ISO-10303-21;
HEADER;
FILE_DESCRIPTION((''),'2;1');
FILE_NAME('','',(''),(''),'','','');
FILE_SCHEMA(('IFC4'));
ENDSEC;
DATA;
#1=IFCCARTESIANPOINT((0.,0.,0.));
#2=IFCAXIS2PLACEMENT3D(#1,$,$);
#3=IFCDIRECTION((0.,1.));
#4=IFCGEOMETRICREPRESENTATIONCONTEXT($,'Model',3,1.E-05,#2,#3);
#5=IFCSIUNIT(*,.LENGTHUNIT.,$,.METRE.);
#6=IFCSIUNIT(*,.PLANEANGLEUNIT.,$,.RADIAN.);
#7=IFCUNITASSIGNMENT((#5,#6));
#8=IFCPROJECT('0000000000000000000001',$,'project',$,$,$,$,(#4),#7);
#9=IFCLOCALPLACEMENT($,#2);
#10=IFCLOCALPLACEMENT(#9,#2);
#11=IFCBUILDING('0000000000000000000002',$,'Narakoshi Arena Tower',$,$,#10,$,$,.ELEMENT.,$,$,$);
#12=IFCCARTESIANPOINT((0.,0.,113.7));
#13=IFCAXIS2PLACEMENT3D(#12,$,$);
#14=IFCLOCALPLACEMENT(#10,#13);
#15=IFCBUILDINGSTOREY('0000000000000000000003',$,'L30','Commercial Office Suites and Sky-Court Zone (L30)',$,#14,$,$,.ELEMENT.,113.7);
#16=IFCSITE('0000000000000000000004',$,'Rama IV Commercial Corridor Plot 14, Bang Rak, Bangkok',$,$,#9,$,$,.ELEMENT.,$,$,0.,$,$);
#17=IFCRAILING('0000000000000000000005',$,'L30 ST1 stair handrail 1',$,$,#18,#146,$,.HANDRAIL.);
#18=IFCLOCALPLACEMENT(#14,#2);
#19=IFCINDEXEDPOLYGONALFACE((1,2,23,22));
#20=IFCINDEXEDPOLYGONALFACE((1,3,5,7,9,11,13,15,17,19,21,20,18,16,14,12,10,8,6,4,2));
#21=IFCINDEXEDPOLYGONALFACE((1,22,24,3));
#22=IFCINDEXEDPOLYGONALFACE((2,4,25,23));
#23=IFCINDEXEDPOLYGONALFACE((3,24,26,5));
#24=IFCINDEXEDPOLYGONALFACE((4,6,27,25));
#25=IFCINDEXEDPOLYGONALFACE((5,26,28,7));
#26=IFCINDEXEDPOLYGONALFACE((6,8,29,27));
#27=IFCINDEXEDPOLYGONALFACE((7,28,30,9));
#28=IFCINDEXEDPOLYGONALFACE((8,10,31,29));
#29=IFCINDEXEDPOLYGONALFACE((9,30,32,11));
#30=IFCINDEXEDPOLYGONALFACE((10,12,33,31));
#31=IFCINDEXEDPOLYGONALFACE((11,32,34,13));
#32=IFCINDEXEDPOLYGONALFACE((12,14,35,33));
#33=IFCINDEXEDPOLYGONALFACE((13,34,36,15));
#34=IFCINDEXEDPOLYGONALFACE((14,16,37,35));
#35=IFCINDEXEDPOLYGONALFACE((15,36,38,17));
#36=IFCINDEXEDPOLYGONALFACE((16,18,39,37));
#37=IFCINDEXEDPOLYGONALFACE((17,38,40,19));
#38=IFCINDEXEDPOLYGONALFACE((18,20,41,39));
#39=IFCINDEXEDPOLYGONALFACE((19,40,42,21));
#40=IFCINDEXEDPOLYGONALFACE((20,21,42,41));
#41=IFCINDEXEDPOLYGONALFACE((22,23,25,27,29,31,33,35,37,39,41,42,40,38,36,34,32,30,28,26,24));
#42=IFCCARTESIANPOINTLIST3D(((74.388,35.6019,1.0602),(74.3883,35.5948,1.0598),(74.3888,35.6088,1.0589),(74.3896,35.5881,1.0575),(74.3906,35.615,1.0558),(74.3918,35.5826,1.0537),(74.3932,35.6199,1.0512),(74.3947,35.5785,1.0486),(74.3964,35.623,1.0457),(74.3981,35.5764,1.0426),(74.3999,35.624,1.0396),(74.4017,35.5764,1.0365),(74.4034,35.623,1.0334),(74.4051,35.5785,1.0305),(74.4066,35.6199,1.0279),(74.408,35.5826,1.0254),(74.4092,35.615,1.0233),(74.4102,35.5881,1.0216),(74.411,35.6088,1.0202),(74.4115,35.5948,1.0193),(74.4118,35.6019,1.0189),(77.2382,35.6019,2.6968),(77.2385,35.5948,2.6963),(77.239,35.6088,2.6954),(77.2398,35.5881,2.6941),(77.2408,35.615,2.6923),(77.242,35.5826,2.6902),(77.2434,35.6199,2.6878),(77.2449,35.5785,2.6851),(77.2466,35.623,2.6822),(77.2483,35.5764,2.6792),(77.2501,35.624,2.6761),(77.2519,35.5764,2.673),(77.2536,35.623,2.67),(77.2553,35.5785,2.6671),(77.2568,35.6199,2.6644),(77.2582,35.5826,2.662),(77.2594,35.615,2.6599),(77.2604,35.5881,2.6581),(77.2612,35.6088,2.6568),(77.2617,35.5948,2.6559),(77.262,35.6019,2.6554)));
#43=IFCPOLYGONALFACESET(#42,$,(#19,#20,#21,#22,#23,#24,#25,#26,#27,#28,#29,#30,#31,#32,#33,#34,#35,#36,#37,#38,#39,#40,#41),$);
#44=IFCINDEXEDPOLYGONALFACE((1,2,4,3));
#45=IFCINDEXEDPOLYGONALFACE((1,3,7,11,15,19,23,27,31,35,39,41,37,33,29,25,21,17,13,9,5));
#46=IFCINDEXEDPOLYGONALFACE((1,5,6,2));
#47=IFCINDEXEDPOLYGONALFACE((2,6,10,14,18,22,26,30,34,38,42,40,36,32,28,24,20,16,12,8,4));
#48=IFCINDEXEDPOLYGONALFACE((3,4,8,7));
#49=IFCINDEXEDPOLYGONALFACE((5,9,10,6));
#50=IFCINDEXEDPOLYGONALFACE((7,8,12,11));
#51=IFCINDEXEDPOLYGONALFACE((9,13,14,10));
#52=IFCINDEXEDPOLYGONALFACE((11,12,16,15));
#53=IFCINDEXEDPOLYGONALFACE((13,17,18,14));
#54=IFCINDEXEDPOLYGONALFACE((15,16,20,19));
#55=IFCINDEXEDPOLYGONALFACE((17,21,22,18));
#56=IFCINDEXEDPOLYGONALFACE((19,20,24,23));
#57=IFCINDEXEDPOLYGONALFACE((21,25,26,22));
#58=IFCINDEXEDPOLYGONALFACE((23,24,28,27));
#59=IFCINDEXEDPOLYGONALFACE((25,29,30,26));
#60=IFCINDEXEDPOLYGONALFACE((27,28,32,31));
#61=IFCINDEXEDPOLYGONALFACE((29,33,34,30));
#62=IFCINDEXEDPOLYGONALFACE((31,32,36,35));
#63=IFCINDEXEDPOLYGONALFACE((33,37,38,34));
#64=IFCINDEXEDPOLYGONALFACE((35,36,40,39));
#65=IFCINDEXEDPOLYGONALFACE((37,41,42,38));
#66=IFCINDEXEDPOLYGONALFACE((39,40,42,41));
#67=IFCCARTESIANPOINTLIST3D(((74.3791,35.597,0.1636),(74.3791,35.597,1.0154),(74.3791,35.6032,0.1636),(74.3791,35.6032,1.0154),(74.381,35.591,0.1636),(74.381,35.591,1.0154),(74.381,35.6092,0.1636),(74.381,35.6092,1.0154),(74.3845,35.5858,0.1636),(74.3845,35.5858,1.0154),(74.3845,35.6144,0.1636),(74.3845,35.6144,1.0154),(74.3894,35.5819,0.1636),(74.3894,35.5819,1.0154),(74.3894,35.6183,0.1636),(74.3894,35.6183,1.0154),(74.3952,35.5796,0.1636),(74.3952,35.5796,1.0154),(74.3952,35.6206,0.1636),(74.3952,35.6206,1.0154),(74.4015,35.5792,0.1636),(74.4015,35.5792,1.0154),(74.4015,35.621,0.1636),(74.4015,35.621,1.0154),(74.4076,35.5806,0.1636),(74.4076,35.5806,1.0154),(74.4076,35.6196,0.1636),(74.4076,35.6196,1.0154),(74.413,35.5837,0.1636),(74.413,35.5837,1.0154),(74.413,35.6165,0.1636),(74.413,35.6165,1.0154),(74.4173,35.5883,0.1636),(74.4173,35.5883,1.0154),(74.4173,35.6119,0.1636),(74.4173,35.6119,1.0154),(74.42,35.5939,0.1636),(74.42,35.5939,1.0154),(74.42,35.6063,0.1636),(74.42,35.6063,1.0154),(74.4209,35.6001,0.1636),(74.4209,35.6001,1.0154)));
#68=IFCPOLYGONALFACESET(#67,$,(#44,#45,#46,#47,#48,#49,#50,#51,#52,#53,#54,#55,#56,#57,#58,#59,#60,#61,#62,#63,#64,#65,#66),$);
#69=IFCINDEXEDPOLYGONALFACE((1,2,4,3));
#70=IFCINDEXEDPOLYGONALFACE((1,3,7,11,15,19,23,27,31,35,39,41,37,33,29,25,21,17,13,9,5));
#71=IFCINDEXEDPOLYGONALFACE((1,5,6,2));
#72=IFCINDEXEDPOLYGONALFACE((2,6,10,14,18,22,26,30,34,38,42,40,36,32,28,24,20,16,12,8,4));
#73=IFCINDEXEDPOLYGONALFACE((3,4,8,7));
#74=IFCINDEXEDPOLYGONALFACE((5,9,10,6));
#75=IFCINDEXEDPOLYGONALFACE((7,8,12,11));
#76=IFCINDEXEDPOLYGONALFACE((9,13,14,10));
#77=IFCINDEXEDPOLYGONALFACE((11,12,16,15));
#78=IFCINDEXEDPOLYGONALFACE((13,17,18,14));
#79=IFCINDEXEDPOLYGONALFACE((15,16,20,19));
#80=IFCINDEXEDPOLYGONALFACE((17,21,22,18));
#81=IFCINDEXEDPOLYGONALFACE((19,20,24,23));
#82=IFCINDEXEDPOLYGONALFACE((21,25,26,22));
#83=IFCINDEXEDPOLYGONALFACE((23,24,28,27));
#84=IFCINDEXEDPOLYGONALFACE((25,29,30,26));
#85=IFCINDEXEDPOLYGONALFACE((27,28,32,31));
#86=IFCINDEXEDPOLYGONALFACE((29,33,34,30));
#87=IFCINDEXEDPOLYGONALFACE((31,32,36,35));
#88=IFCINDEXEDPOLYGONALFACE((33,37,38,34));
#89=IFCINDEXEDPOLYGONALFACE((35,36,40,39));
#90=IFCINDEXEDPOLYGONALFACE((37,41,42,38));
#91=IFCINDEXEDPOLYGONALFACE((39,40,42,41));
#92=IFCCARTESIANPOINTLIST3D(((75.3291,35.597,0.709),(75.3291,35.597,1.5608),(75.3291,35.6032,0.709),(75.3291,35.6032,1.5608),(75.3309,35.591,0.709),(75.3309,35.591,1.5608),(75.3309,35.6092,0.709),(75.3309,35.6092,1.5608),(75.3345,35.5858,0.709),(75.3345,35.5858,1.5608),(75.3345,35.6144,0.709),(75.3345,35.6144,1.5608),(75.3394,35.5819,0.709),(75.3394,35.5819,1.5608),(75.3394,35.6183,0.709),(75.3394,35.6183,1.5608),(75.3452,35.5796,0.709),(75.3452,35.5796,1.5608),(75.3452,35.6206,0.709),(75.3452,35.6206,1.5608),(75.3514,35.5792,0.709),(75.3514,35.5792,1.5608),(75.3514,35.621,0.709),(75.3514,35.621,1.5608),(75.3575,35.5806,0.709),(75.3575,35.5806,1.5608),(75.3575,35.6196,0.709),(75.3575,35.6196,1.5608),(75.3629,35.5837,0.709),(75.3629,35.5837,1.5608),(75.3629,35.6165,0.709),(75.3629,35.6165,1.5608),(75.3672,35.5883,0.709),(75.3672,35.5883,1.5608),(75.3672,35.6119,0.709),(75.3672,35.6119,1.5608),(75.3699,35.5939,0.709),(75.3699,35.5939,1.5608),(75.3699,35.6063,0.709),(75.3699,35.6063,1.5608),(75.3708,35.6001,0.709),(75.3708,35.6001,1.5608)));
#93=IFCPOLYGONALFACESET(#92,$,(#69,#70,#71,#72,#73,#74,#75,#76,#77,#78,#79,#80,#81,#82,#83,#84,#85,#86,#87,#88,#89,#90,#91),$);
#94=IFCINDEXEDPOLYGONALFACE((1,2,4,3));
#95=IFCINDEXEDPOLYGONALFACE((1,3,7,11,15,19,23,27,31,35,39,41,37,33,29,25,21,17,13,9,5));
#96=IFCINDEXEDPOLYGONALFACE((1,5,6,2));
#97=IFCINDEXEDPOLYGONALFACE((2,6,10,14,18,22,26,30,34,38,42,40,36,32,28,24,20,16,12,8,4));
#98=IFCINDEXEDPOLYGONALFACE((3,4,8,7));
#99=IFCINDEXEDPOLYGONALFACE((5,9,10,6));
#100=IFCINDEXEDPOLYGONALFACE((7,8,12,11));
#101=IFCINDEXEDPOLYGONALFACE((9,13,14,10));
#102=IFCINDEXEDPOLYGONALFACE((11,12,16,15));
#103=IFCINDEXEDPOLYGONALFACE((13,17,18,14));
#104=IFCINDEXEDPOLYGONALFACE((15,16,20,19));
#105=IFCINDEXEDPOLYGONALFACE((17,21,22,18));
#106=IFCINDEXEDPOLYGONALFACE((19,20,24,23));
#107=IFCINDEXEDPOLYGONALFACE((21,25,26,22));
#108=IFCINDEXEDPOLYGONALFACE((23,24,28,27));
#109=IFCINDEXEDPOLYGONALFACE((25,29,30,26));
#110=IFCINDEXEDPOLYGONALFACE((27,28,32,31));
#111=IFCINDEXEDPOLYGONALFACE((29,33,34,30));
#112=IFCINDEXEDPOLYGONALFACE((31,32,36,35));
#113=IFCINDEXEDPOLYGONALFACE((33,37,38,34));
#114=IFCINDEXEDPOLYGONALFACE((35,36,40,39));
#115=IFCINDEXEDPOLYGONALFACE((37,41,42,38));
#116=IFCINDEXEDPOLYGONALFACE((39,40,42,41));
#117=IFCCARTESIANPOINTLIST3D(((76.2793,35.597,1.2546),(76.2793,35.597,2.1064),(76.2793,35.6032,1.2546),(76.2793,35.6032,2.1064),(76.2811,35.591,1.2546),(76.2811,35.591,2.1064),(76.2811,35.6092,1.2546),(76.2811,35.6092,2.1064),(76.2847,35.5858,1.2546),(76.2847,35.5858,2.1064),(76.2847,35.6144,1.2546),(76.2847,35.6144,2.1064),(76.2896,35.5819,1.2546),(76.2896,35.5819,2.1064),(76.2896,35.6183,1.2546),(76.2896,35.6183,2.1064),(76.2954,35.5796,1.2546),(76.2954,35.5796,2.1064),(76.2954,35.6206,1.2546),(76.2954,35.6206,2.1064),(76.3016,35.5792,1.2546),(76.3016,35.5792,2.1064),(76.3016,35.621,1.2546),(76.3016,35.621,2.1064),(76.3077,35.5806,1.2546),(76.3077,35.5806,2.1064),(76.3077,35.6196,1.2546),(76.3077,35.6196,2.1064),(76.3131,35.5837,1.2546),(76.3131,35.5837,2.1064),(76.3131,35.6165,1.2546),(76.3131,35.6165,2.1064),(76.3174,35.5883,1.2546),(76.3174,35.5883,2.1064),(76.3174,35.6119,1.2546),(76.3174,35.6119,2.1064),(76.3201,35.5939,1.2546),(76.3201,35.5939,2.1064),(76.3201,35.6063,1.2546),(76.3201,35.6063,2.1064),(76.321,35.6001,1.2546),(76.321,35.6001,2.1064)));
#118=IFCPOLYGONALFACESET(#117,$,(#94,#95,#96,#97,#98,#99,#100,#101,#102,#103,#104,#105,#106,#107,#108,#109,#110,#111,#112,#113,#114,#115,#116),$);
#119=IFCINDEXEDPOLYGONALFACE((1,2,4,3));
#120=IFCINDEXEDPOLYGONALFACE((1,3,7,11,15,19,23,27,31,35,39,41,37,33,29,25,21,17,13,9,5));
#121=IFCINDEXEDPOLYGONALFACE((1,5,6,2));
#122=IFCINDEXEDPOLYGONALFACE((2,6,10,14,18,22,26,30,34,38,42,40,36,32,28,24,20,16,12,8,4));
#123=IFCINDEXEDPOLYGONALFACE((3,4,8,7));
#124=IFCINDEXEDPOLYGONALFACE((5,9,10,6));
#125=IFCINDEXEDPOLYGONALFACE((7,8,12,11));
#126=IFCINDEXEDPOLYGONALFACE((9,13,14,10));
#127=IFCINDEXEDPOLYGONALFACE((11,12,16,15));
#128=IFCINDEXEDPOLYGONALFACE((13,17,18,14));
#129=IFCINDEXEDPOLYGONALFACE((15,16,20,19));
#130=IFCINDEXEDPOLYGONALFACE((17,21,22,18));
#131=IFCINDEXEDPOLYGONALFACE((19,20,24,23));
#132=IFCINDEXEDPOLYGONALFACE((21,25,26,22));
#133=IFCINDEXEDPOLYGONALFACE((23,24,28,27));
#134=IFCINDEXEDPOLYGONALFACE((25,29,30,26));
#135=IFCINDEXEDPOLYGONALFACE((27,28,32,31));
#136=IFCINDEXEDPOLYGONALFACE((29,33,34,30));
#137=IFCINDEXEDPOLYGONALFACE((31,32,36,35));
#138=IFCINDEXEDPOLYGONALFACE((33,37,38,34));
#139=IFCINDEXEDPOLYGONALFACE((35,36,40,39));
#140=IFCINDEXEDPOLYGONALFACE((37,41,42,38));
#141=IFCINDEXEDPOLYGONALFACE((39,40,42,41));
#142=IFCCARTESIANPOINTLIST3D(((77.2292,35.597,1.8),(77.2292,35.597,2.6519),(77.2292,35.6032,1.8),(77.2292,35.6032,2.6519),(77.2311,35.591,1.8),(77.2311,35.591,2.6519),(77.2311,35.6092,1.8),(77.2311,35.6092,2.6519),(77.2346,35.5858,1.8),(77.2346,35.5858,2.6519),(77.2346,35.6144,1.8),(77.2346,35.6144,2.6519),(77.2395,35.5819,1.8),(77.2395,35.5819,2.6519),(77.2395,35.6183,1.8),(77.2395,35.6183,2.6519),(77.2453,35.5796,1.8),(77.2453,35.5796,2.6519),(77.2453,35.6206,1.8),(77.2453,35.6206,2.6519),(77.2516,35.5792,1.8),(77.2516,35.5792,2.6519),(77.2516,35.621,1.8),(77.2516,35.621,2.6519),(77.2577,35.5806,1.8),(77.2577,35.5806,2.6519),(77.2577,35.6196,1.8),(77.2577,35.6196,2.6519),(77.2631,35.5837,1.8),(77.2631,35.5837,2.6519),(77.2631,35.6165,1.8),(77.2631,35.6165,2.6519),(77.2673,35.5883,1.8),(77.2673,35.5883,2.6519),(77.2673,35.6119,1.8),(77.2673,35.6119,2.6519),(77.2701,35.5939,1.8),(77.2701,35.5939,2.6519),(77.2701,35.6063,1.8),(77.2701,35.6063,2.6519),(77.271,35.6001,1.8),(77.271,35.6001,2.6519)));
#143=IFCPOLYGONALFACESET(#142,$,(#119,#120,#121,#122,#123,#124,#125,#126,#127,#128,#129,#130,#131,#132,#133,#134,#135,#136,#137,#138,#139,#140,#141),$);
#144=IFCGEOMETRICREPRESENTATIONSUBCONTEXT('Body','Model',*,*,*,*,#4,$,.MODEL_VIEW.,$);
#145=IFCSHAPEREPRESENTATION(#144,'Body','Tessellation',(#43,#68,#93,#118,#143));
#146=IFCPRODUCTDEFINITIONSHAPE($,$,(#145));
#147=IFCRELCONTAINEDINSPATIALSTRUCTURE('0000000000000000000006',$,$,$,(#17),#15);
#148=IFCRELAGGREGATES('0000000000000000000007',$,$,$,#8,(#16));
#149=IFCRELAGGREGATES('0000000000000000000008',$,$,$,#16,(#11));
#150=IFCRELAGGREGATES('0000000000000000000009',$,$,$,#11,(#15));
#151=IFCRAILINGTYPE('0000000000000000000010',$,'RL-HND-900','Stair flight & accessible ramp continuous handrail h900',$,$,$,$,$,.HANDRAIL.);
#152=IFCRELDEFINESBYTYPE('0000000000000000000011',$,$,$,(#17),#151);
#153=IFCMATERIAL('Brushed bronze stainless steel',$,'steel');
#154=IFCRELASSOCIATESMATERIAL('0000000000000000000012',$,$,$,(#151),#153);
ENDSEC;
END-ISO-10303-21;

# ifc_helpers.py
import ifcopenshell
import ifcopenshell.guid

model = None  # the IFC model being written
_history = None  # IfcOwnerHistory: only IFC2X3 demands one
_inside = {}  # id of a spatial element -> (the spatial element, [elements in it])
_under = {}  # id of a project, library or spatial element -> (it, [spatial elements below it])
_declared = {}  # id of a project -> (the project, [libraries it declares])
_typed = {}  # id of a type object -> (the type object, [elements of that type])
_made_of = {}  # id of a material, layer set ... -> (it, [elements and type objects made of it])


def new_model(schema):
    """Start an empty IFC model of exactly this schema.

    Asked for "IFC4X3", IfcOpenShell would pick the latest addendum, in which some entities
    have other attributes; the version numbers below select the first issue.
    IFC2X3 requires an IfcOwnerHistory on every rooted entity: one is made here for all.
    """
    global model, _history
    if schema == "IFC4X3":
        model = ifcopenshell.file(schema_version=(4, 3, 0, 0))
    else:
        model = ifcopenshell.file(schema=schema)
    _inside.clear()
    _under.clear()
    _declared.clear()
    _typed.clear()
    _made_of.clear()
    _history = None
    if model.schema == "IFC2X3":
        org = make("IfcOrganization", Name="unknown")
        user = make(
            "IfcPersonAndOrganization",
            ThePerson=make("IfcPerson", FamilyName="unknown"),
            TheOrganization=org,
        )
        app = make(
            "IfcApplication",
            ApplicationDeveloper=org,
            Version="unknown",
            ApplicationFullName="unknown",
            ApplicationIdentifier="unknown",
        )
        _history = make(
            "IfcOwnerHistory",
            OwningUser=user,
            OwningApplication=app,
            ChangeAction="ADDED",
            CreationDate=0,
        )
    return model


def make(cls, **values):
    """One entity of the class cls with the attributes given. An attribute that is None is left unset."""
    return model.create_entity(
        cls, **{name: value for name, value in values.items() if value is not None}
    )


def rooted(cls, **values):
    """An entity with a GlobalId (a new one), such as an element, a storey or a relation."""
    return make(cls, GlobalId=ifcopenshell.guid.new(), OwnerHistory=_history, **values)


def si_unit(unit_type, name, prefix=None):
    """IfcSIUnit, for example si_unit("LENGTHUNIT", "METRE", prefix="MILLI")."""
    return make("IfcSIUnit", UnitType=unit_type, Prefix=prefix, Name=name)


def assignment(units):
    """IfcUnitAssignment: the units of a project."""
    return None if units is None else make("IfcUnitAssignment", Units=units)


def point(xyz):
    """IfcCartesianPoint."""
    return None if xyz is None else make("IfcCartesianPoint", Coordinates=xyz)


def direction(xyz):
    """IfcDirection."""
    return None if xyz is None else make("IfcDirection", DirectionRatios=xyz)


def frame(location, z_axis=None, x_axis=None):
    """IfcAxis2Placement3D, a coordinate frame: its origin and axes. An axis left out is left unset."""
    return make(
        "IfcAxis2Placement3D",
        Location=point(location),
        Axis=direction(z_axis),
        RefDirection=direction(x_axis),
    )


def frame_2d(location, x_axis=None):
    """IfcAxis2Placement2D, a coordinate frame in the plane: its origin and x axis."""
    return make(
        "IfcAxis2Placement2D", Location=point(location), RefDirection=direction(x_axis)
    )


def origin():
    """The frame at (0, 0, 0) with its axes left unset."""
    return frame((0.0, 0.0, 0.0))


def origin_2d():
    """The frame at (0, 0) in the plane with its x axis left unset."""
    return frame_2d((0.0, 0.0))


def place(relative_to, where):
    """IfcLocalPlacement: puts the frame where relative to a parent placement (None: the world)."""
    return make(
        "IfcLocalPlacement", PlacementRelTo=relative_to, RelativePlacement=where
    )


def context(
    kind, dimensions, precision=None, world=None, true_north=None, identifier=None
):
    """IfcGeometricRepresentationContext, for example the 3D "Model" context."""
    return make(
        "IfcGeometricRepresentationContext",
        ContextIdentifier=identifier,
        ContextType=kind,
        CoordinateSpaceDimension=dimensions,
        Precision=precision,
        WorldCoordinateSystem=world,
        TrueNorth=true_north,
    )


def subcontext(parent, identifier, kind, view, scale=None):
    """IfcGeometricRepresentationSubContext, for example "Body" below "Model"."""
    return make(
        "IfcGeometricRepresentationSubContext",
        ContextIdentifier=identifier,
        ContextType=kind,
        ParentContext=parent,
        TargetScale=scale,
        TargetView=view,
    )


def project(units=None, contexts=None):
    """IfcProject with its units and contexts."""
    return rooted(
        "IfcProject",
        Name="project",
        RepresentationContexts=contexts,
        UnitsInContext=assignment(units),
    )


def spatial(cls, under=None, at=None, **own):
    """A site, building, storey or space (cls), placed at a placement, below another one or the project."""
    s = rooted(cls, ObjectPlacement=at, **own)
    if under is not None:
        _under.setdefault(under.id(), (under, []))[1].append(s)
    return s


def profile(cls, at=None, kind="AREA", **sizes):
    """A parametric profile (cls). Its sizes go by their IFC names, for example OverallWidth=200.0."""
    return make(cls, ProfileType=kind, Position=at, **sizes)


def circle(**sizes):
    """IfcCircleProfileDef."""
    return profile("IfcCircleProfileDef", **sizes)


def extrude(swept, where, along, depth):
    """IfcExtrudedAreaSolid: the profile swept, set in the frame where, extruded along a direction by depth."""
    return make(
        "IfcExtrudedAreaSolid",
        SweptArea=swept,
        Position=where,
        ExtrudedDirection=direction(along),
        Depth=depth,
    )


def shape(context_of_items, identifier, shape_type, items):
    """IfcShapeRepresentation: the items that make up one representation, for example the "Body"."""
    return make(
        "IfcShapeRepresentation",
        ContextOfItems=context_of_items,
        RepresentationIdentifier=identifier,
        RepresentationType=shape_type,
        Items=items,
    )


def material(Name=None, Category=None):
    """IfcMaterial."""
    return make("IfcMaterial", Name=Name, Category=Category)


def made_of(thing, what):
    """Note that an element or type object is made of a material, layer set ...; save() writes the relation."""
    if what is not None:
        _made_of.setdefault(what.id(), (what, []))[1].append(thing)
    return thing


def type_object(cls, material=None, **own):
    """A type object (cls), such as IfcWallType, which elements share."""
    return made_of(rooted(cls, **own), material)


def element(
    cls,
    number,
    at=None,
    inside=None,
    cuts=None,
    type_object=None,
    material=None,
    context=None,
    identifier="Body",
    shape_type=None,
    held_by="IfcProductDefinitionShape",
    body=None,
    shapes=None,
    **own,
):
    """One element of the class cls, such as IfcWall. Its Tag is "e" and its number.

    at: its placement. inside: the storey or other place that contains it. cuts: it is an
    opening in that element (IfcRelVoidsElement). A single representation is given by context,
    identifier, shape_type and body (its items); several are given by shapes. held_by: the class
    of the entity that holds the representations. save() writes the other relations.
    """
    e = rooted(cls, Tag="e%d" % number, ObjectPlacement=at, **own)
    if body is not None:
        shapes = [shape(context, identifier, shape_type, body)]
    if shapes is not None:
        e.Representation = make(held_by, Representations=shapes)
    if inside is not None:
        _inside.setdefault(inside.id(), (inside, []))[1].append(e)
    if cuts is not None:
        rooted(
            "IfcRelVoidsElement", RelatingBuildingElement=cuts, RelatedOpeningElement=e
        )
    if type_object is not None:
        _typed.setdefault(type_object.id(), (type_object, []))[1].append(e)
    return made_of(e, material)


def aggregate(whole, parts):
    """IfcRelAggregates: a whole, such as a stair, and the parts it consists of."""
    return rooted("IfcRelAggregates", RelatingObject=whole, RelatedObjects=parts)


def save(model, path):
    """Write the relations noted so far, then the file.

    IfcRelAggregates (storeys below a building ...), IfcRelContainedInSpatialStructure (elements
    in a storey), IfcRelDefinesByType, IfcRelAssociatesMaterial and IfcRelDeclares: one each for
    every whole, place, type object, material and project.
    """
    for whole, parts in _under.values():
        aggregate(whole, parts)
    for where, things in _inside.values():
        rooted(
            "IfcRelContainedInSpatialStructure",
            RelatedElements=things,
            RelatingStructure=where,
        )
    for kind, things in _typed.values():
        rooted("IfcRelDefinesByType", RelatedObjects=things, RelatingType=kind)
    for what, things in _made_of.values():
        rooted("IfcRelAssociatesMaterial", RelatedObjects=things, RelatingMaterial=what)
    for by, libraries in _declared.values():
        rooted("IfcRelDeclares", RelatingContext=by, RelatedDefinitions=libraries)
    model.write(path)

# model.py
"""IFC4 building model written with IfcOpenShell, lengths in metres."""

from ifc_helpers import new_model, si_unit, direction, frame, origin, origin_2d, place, context, subcontext, project, spatial, circle, extrude, material, type_object, element, save


model = new_model("IFC4")

# Units and contexts
model_context = context("Model", 3, precision=1e-05, world=origin(), true_north=direction((0.0, 1.0)))
body_context = subcontext(model_context, "Body", "Model", "MODEL_VIEW")
ifc_project = project(units=[si_unit("LENGTHUNIT", "METRE"), si_unit("PLANEANGLEUNIT", "RADIAN")], contexts=[model_context])

# Site, building, storey
site_placement = place(None, origin())
site = spatial("IfcSite", under=ifc_project, at=site_placement, Name="Rama IV Commercial Corridor Plot 14, Bang Rak, Bangkok", CompositionType="ELEMENT", RefElevation=0.0)
building_placement = place(site_placement, origin())
building = spatial("IfcBuilding", under=site, at=building_placement, Name="Narakoshi Arena Tower", CompositionType="ELEMENT")
storey_placement = place(building_placement, frame((0.0, 0.0, 113.7)))
storey = spatial("IfcBuildingStorey", under=building, at=storey_placement, Name="L30", Description="Commercial Office Suites and Sky-Court Zone (L30)", CompositionType="ELEMENT", Elevation=113.7)

# Shared definitions
ifc_material_1 = material(Name="Brushed bronze stainless steel", Category="steel")

# Railing
railing_type_1 = type_object("IfcRailingType", Name="RL-HND-900", Description="Stair flight & accessible ramp continuous handrail h900", PredefinedType="HANDRAIL", material=ifc_material_1)
railing_1_placement = place(storey_placement, frame((74.3999, 35.6001, 0.1636)))
element("IfcRailing", 1, at=railing_1_placement, inside=storey, type_object=railing_type_1, Name="L30 ST1 stair handrail 1", PredefinedType="HANDRAIL", context=body_context, shape_type="SweptSolid", body=[
    extrude(circle(Radius=0.0239, at=origin_2d()), frame((0.0, 0.0, 0.876), z_axis=(0.867213, 0.0, 0.497938), x_axis=(0.0, 1.0, 0.0)), (0.0, 0.0, 1.0), 3.2866),
    extrude(circle(Radius=0.021, at=origin_2d()), origin(), (0.0, 0.0, 1.0), 0.8518),
    extrude(circle(Radius=0.021, at=origin_2d()), frame((0.95, 0.0, 0.5454)), (0.0, 0.0, 1.0), 0.8518),
    extrude(circle(Radius=0.021, at=origin_2d()), frame((1.9001, 0.0, 1.0911)), (0.0, 0.0, 1.0), 0.8518),
    extrude(circle(Radius=0.021, at=origin_2d()), frame((2.8501, 0.0, 1.6365)), (0.0, 0.0, 1.0), 0.8518),
])

save(model, "model.ifc")
